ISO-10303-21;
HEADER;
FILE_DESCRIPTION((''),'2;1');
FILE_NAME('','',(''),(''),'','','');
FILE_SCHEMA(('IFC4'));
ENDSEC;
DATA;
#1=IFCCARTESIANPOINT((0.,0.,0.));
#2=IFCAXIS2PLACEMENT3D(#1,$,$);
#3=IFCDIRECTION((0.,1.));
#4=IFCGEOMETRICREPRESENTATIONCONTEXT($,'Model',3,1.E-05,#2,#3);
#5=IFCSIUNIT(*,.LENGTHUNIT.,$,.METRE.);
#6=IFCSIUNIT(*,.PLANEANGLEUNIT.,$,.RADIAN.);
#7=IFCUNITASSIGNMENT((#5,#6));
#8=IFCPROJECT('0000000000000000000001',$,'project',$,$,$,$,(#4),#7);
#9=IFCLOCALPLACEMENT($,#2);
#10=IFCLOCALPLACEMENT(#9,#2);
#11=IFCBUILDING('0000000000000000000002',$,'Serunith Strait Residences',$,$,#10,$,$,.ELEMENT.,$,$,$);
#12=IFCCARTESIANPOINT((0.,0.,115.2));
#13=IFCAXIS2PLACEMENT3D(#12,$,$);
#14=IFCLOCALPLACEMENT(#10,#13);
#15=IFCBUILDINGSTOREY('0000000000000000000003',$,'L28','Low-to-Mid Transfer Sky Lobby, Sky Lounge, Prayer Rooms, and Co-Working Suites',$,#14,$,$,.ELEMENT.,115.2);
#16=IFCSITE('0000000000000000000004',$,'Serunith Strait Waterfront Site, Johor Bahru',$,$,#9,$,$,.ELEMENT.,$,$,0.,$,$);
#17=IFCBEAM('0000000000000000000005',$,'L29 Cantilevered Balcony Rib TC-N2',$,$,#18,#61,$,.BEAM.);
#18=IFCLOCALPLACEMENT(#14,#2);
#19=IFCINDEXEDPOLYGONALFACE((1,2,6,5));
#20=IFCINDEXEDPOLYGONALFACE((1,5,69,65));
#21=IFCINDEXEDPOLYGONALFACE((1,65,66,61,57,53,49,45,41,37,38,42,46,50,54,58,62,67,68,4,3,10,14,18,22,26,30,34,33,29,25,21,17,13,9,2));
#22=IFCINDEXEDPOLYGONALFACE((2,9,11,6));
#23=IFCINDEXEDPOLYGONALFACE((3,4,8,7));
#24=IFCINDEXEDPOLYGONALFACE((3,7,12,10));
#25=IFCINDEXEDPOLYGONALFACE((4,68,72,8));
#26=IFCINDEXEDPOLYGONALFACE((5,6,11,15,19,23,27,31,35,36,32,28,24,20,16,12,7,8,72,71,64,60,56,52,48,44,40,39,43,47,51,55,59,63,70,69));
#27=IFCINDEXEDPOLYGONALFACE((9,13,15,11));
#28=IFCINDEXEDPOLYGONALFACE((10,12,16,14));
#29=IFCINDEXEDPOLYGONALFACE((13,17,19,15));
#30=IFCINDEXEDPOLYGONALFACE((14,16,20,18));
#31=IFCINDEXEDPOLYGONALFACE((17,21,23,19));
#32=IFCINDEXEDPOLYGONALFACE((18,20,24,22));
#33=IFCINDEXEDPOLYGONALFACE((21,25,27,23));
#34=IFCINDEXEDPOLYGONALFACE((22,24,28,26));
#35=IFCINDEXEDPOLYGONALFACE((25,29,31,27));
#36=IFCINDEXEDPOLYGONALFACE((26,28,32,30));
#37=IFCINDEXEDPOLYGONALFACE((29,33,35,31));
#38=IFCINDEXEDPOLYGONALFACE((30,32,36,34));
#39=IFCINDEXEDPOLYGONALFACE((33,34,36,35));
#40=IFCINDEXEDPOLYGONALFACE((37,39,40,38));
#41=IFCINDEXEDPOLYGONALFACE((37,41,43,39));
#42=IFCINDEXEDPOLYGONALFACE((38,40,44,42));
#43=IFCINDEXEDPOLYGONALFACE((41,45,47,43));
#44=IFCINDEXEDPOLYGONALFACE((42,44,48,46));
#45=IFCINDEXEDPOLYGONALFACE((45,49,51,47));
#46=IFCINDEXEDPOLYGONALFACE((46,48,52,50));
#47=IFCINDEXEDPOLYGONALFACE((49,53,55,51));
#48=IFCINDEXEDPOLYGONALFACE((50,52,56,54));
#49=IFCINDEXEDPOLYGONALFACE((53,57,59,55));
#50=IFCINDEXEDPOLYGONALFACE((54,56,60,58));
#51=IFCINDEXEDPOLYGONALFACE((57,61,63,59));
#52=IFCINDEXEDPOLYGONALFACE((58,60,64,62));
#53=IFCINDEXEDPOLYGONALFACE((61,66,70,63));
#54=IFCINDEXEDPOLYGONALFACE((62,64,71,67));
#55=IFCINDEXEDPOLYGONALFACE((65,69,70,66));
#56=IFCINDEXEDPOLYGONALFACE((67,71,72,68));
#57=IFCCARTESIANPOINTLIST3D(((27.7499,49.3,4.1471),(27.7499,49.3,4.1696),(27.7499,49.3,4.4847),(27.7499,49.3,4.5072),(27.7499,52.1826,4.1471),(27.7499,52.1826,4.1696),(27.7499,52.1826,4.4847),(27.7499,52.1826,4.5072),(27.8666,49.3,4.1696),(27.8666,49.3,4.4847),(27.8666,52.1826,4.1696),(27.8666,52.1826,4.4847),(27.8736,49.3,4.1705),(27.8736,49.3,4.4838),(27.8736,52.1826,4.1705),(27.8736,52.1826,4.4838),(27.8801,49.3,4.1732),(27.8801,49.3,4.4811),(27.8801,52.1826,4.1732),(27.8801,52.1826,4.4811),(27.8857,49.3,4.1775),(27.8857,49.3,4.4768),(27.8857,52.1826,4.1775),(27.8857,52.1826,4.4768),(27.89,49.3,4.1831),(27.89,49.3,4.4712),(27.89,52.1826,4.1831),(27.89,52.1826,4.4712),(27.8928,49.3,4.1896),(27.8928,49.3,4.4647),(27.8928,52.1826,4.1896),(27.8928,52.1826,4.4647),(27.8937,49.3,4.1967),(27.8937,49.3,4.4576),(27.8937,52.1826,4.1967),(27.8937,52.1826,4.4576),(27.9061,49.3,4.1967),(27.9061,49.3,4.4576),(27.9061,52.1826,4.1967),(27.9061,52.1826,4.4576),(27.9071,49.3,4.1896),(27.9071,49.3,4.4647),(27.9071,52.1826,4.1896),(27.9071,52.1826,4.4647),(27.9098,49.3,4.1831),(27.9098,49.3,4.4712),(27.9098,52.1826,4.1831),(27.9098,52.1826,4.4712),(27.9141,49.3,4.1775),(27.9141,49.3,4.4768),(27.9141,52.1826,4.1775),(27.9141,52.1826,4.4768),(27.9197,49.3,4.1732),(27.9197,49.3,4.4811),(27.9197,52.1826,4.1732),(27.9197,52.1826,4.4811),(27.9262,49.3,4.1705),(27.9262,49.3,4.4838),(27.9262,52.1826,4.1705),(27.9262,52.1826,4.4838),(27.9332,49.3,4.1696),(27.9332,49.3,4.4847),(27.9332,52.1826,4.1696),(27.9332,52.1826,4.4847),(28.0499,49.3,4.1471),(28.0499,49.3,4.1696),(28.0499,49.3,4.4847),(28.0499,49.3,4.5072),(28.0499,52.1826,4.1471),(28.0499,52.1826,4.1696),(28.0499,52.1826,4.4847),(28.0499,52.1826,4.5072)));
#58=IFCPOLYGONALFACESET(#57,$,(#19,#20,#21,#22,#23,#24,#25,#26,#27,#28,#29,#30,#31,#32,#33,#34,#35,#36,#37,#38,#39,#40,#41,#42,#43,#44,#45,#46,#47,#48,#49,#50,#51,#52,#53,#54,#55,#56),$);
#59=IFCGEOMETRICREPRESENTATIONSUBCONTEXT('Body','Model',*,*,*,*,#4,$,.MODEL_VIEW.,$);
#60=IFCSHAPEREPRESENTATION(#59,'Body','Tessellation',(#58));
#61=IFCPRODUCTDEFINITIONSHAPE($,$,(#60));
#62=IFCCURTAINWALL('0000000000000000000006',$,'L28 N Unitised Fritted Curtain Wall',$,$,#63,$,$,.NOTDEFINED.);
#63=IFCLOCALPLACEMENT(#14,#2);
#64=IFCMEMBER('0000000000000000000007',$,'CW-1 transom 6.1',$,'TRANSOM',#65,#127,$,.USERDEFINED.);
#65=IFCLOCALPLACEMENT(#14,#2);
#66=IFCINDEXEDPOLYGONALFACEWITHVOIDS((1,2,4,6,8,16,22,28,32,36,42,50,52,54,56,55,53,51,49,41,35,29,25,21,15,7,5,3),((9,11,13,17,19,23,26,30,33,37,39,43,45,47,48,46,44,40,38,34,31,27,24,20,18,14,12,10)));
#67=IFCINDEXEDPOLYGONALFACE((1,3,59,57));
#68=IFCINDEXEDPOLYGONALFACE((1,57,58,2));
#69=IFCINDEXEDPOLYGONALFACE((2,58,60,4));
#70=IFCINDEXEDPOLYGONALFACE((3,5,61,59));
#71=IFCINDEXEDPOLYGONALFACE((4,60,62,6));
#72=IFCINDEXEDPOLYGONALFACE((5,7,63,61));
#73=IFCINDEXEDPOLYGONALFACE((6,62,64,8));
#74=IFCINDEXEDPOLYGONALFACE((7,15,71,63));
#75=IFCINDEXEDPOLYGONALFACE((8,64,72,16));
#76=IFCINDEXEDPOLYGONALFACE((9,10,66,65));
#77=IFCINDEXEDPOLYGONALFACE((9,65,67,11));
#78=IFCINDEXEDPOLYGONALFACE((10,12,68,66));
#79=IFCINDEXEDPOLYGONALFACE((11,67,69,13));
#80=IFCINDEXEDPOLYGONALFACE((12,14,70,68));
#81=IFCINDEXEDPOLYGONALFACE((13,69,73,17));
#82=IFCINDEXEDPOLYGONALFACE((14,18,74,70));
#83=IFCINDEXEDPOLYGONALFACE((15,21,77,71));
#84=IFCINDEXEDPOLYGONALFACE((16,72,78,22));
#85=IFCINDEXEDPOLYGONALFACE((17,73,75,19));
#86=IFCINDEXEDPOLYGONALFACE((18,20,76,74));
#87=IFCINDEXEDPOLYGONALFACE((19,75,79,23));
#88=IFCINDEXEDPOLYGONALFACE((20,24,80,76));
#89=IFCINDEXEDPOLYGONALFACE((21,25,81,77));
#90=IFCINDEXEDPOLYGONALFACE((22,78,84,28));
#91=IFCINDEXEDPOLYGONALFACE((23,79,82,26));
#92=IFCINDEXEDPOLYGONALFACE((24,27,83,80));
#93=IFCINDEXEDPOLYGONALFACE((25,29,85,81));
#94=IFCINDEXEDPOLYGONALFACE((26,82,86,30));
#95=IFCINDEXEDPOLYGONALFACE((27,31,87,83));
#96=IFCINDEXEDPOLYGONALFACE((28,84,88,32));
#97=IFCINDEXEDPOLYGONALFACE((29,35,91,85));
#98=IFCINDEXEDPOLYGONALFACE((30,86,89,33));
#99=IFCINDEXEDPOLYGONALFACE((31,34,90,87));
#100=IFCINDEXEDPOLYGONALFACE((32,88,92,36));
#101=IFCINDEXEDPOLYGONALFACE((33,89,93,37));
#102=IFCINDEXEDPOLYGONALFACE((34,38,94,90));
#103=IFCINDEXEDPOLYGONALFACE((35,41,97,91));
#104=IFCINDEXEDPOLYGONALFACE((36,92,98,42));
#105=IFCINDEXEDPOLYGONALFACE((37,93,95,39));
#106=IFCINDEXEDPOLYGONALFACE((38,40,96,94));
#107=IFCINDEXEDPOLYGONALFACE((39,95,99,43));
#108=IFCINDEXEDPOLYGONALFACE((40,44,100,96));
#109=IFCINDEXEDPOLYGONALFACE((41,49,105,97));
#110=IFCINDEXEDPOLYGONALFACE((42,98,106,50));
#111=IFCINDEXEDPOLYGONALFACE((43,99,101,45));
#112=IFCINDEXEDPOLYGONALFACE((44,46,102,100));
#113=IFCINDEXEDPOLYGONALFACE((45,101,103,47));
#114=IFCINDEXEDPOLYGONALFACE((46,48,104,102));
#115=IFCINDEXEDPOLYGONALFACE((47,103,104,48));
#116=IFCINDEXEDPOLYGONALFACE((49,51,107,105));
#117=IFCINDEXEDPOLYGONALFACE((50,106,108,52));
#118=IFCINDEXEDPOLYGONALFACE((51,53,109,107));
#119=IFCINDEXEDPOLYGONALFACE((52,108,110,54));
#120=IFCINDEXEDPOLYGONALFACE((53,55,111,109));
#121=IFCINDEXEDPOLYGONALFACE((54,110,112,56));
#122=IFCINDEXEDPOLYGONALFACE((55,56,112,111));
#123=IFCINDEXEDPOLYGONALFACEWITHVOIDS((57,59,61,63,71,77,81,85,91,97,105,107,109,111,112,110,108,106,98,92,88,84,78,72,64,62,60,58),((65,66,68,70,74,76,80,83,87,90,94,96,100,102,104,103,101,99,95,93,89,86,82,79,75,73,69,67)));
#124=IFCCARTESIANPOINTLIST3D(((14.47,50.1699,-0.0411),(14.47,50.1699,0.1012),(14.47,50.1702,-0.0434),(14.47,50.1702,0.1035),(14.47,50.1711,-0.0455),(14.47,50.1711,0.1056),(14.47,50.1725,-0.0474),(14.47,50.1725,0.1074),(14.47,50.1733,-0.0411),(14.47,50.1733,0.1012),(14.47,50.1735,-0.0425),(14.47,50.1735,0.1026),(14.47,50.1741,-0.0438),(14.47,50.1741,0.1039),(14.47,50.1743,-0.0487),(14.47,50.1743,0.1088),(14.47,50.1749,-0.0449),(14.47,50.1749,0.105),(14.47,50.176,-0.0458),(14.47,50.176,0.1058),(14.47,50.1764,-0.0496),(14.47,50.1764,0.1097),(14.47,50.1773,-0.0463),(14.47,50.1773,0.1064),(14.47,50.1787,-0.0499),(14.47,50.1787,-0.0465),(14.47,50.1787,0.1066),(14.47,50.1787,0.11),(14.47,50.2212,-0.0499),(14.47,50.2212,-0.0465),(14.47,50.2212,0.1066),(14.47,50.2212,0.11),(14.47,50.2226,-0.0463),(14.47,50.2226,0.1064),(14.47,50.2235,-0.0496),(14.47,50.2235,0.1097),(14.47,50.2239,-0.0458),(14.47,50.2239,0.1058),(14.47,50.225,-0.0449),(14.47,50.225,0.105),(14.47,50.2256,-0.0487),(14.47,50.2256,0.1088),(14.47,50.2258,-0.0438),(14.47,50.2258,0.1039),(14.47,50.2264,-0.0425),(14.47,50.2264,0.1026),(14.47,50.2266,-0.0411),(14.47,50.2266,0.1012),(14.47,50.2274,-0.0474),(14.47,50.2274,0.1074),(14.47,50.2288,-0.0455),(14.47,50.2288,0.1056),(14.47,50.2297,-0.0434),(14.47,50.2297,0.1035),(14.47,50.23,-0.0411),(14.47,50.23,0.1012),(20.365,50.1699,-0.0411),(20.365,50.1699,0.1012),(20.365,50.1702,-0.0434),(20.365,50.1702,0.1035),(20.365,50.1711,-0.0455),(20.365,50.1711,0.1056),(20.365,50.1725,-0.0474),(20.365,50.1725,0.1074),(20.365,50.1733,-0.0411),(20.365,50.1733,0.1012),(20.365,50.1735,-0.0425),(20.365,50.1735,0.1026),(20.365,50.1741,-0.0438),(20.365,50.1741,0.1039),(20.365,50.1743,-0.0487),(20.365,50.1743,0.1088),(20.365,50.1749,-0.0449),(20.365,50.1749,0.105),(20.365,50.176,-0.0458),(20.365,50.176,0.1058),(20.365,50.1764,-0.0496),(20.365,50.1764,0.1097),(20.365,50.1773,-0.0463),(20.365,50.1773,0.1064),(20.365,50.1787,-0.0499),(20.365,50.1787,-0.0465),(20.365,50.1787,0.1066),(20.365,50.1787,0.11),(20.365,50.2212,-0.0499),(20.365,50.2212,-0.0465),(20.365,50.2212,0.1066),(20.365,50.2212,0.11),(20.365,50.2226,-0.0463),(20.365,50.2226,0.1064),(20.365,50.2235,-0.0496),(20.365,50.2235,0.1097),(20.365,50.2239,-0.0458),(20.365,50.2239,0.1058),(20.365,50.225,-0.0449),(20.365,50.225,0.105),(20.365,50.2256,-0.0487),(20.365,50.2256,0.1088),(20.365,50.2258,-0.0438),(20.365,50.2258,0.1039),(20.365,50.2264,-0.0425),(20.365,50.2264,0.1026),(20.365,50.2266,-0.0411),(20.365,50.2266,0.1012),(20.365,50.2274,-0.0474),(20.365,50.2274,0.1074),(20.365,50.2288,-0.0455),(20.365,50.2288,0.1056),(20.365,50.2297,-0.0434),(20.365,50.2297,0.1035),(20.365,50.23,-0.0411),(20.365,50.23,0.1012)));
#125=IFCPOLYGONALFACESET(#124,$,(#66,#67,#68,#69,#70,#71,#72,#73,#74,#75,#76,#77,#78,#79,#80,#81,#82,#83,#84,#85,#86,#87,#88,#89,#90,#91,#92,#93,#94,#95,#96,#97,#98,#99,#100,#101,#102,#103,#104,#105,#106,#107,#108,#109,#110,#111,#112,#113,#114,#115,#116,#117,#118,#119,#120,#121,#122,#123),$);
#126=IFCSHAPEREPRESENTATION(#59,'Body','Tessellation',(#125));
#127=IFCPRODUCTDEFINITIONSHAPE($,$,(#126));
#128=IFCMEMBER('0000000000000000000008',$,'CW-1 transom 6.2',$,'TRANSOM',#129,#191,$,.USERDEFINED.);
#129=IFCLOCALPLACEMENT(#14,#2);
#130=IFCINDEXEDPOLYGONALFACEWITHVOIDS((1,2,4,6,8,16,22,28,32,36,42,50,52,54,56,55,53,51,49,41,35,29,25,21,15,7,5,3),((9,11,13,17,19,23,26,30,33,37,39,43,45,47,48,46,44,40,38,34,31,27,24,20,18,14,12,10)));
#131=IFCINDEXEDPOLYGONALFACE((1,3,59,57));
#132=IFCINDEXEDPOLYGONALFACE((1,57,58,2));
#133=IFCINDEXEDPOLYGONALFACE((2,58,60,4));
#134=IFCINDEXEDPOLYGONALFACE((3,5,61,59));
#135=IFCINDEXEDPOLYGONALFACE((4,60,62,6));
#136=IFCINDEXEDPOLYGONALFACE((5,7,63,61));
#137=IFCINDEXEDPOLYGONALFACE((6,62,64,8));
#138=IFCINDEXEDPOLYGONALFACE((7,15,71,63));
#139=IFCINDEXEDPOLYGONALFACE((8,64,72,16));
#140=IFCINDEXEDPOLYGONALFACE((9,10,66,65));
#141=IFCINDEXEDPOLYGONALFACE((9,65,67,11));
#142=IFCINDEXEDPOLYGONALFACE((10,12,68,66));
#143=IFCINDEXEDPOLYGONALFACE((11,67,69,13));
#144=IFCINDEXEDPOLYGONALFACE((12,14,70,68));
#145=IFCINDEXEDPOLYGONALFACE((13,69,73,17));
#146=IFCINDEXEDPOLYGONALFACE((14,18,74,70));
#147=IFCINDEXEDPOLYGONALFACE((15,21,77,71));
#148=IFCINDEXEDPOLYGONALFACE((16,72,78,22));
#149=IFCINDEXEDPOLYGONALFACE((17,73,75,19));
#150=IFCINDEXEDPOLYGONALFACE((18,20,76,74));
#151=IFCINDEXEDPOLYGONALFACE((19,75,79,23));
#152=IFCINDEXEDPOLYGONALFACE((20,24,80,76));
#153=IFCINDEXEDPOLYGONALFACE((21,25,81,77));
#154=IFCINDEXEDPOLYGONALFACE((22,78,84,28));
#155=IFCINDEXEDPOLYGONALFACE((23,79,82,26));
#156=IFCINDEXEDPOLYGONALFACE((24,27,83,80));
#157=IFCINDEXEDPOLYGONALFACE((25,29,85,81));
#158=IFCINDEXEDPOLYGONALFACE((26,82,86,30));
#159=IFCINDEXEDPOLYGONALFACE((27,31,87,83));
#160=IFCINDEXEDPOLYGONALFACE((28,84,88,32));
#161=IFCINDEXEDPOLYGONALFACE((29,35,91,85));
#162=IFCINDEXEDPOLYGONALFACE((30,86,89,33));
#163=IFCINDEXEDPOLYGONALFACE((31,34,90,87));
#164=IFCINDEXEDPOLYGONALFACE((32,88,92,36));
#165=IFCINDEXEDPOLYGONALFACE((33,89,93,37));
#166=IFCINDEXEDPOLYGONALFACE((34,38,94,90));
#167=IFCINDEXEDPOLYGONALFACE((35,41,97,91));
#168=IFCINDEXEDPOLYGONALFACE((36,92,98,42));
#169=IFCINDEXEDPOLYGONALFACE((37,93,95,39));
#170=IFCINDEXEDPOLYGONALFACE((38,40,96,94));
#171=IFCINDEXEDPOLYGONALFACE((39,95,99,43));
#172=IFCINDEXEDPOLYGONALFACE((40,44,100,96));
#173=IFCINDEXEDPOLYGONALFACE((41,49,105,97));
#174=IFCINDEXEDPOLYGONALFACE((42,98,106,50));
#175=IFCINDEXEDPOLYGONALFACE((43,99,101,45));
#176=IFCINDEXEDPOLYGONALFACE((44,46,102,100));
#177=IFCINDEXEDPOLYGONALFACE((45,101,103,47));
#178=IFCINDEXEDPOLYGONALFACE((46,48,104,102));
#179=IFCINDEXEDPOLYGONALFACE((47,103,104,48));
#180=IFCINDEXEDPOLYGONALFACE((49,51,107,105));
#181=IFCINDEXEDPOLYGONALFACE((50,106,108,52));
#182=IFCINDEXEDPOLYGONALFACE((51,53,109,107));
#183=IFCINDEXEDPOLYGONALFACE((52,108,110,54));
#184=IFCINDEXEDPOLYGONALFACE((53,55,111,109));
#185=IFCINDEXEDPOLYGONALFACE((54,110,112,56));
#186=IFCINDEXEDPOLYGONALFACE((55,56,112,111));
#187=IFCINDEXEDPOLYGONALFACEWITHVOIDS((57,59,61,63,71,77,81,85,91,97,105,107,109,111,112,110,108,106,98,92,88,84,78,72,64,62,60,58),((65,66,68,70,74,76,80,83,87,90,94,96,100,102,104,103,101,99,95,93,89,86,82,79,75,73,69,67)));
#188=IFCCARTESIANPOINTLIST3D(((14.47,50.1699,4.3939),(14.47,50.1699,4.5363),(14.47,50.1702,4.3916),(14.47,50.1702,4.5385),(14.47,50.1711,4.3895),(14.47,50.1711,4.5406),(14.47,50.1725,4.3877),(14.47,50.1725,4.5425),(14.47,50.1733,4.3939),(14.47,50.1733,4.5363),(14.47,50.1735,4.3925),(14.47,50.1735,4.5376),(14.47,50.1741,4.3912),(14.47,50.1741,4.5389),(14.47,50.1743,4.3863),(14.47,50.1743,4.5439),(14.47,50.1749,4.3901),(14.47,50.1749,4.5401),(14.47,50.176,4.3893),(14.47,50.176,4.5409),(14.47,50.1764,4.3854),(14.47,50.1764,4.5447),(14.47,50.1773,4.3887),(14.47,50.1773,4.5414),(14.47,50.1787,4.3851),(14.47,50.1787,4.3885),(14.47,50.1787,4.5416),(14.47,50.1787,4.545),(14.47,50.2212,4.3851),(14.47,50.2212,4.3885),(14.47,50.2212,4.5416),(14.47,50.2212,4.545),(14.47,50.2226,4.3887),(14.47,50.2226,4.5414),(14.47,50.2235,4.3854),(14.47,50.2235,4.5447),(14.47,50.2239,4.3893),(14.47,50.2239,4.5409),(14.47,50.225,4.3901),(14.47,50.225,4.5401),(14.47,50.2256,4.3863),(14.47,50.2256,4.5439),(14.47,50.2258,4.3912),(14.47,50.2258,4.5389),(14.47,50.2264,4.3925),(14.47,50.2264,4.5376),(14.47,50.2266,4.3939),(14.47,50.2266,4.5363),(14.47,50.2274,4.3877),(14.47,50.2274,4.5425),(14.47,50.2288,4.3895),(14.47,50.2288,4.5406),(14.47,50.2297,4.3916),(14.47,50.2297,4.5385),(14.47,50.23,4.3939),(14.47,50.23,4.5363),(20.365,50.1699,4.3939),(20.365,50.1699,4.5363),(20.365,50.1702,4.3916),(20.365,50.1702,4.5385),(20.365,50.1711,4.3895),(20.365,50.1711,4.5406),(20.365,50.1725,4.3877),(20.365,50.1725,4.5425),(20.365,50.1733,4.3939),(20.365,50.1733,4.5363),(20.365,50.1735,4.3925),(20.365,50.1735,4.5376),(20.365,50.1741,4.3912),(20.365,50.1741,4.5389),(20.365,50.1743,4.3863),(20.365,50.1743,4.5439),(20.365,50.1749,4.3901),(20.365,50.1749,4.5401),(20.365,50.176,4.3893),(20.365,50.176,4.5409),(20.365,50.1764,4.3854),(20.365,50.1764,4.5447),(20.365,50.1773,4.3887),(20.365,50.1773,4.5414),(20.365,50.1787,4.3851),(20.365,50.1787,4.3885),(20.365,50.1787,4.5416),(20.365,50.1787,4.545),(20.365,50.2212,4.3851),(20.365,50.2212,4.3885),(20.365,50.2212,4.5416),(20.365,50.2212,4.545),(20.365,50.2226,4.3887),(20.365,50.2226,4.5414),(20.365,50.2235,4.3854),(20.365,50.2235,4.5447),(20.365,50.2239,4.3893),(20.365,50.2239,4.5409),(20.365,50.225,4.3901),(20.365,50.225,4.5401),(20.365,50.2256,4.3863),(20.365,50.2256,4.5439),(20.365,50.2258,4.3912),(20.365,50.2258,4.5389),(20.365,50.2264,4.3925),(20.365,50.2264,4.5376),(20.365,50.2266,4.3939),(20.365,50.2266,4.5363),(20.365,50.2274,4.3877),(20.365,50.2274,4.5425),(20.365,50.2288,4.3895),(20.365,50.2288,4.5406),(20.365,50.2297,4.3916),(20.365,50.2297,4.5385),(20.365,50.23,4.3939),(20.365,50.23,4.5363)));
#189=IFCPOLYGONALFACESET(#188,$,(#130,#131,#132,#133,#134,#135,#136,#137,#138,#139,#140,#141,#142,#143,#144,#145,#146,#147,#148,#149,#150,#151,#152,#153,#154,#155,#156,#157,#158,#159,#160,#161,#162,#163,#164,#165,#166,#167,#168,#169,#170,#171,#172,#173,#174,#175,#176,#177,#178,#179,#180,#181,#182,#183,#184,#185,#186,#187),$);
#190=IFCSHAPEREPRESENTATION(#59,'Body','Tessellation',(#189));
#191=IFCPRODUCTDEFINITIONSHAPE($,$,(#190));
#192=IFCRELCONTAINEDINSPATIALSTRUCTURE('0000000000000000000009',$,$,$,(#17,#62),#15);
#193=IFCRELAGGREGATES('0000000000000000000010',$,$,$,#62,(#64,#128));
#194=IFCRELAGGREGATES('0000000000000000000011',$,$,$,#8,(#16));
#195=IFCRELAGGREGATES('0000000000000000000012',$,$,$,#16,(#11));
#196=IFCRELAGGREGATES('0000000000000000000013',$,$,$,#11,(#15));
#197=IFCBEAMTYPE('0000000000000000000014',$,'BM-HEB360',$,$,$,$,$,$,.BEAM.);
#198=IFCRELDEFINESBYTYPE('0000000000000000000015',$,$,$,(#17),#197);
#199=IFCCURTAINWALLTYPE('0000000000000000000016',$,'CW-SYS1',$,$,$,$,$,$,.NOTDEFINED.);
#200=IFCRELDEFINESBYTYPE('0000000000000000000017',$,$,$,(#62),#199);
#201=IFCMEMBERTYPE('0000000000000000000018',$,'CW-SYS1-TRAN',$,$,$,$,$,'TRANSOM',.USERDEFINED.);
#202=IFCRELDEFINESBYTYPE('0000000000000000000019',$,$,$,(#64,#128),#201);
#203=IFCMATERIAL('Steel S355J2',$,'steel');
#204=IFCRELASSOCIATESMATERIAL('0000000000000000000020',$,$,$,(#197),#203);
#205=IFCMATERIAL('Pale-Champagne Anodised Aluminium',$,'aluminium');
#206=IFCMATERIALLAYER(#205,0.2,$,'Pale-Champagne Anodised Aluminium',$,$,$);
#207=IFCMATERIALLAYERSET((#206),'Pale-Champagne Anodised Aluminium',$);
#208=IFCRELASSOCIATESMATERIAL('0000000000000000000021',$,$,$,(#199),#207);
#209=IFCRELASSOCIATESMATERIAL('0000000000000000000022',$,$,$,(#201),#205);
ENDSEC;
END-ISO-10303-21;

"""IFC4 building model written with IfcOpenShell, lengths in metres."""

from ifc_helpers import new_model, si_unit, direction, frame, origin, origin_2d, place, context, subcontext, project, spatial, hollow_rectangle, i_section, extrude, source, transform, mapped, material, layer, layer_set, material_profile, profile_set, type_object, element, aggregate, save


model = new_model("IFC4")

# Units and contexts
model_context = context("Model", 3, precision=1e-05, world=origin(), true_north=direction((0.0, 1.0)))
body_context = subcontext(model_context, "Body", "Model", "MODEL_VIEW")
ifc_project = project(units=[si_unit("LENGTHUNIT", "METRE"), si_unit("PLANEANGLEUNIT", "RADIAN")], contexts=[model_context])

# Site, building, storey
site_placement = place(None, origin())
site = spatial("IfcSite", under=ifc_project, at=site_placement, Name="Serunith Strait Waterfront Site, Johor Bahru", CompositionType="ELEMENT", RefElevation=0.0)
building_placement = place(site_placement, origin())
building = spatial("IfcBuilding", under=site, at=building_placement, Name="Serunith Strait Residences", CompositionType="ELEMENT")
storey_placement = place(building_placement, frame((0.0, 0.0, 115.2)))
storey = spatial("IfcBuildingStorey", under=building, at=storey_placement, Name="L28", Description="Low-to-Mid Transfer Sky Lobby, Sky Lounge, Prayer Rooms, and Co-Working Suites", CompositionType="ELEMENT", Elevation=115.2)

# Beam
ifc_material_1 = material(Name="Steel S355J2", Category="steel")
ifc_material_profile_1 = material_profile(ifc_material_1, i_section(OverallWidth=0.3, OverallDepth=0.3601, WebThickness=0.0125, FlangeThickness=0.0225, FilletRadius=0.0271, at=origin_2d()), Name="HEB 360")
ifc_profile_set_1 = profile_set([ifc_material_profile_1], Name="Steel S355J2")
beam_type_1 = type_object("IfcBeamType", Name="BM-HEB360", PredefinedType="BEAM", material=ifc_profile_set_1)
shared_shape_1 = source(origin(), body_context, "Body", "SweptSolid", [
    extrude(i_section(OverallWidth=0.3, OverallDepth=0.3601, WebThickness=0.0125, FlangeThickness=0.0225, FilletRadius=0.0271, at=origin_2d()), origin(), (0.0, 0.0, 1.0), 2.8826),
])
beam_1_placement = place(storey_placement, frame((27.8999, 49.3, 4.3271), z_axis=(0.0, 1.0, 0.0), x_axis=(-1.0, 0.0, 0.0)))
element("IfcBeam", 1, at=beam_1_placement, inside=storey, type_object=beam_type_1, Name="L29 Cantilevered Balcony Rib TC-N2", PredefinedType="BEAM", context=body_context, shape_type="MappedRepresentation", body=[
    mapped(shared_shape_1, transform((0.0, 0.0, 0.0), scale=1.0)),
])

# Curtain wall, members
ifc_material_2 = material(Name="Pale-Champagne Anodised Aluminium", Category="aluminium")
ifc_layer_1 = layer(ifc_material_2, 0.2, Name="Pale-Champagne Anodised Aluminium")
ifc_layer_set_1 = layer_set([ifc_layer_1], Name="Pale-Champagne Anodised Aluminium")
curtain_wall_type = type_object("IfcCurtainWallType", Name="CW-SYS1", PredefinedType="NOTDEFINED", material=ifc_layer_set_1)
curtain_wall_placement = place(storey_placement, origin())
curtain_wall = element("IfcCurtainWall", 2, at=curtain_wall_placement, inside=storey, type_object=curtain_wall_type, Name="L28 N Unitised Fritted Curtain Wall", PredefinedType="NOTDEFINED")
ifc_material_profile_2 = material_profile(ifc_material_2, hollow_rectangle(XDim=0.0601, YDim=0.1599, WallThickness=0.0034, InnerFilletRadius=0.0054, OuterFilletRadius=0.0088, at=origin_2d()), Name="ALU 160x60x3.5")
ifc_profile_set_2 = profile_set([ifc_material_profile_2], Name="Pale-Champagne Anodised Aluminium")
member_type_1 = type_object("IfcMemberType", Name="CW-SYS1-TRAN", ElementType="TRANSOM", PredefinedType="USERDEFINED", material=ifc_profile_set_2)
shared_shape_2 = source(origin(), body_context, "Body", "SweptSolid", [
    extrude(hollow_rectangle(XDim=0.0601, YDim=0.1599, WallThickness=0.0034, InnerFilletRadius=0.0054, OuterFilletRadius=0.0088, at=origin_2d()), origin(), (0.0, 0.0, 1.0), 5.895),
])
member_1_placement = place(storey_placement, frame((20.365, 50.2, 0.03), z_axis=(-1.0, 0.0, 0.0), x_axis=(0.0, -1.0, 0.0)))
member_1 = element("IfcMember", 3, at=member_1_placement, type_object=member_type_1, Name="CW-1 transom 6.1", ObjectType="TRANSOM", PredefinedType="USERDEFINED", context=body_context, shape_type="MappedRepresentation", body=[
    mapped(shared_shape_2, transform((0.0, 0.0, 0.0), scale=1.0)),
])
member_2_placement = place(storey_placement, frame((20.365, 50.2, 4.4651), z_axis=(-1.0, 0.0, 0.0), x_axis=(0.0, -1.0, 0.0)))
member_2 = element("IfcMember", 4, at=member_2_placement, type_object=member_type_1, Name="CW-1 transom 6.2", ObjectType="TRANSOM", PredefinedType="USERDEFINED", context=body_context, shape_type="MappedRepresentation", body=[
    mapped(shared_shape_2, transform((0.0, 0.0, 0.0), scale=1.0)),
])
aggregate(curtain_wall, [member_1, member_2])

save(model, "model.ifc")
